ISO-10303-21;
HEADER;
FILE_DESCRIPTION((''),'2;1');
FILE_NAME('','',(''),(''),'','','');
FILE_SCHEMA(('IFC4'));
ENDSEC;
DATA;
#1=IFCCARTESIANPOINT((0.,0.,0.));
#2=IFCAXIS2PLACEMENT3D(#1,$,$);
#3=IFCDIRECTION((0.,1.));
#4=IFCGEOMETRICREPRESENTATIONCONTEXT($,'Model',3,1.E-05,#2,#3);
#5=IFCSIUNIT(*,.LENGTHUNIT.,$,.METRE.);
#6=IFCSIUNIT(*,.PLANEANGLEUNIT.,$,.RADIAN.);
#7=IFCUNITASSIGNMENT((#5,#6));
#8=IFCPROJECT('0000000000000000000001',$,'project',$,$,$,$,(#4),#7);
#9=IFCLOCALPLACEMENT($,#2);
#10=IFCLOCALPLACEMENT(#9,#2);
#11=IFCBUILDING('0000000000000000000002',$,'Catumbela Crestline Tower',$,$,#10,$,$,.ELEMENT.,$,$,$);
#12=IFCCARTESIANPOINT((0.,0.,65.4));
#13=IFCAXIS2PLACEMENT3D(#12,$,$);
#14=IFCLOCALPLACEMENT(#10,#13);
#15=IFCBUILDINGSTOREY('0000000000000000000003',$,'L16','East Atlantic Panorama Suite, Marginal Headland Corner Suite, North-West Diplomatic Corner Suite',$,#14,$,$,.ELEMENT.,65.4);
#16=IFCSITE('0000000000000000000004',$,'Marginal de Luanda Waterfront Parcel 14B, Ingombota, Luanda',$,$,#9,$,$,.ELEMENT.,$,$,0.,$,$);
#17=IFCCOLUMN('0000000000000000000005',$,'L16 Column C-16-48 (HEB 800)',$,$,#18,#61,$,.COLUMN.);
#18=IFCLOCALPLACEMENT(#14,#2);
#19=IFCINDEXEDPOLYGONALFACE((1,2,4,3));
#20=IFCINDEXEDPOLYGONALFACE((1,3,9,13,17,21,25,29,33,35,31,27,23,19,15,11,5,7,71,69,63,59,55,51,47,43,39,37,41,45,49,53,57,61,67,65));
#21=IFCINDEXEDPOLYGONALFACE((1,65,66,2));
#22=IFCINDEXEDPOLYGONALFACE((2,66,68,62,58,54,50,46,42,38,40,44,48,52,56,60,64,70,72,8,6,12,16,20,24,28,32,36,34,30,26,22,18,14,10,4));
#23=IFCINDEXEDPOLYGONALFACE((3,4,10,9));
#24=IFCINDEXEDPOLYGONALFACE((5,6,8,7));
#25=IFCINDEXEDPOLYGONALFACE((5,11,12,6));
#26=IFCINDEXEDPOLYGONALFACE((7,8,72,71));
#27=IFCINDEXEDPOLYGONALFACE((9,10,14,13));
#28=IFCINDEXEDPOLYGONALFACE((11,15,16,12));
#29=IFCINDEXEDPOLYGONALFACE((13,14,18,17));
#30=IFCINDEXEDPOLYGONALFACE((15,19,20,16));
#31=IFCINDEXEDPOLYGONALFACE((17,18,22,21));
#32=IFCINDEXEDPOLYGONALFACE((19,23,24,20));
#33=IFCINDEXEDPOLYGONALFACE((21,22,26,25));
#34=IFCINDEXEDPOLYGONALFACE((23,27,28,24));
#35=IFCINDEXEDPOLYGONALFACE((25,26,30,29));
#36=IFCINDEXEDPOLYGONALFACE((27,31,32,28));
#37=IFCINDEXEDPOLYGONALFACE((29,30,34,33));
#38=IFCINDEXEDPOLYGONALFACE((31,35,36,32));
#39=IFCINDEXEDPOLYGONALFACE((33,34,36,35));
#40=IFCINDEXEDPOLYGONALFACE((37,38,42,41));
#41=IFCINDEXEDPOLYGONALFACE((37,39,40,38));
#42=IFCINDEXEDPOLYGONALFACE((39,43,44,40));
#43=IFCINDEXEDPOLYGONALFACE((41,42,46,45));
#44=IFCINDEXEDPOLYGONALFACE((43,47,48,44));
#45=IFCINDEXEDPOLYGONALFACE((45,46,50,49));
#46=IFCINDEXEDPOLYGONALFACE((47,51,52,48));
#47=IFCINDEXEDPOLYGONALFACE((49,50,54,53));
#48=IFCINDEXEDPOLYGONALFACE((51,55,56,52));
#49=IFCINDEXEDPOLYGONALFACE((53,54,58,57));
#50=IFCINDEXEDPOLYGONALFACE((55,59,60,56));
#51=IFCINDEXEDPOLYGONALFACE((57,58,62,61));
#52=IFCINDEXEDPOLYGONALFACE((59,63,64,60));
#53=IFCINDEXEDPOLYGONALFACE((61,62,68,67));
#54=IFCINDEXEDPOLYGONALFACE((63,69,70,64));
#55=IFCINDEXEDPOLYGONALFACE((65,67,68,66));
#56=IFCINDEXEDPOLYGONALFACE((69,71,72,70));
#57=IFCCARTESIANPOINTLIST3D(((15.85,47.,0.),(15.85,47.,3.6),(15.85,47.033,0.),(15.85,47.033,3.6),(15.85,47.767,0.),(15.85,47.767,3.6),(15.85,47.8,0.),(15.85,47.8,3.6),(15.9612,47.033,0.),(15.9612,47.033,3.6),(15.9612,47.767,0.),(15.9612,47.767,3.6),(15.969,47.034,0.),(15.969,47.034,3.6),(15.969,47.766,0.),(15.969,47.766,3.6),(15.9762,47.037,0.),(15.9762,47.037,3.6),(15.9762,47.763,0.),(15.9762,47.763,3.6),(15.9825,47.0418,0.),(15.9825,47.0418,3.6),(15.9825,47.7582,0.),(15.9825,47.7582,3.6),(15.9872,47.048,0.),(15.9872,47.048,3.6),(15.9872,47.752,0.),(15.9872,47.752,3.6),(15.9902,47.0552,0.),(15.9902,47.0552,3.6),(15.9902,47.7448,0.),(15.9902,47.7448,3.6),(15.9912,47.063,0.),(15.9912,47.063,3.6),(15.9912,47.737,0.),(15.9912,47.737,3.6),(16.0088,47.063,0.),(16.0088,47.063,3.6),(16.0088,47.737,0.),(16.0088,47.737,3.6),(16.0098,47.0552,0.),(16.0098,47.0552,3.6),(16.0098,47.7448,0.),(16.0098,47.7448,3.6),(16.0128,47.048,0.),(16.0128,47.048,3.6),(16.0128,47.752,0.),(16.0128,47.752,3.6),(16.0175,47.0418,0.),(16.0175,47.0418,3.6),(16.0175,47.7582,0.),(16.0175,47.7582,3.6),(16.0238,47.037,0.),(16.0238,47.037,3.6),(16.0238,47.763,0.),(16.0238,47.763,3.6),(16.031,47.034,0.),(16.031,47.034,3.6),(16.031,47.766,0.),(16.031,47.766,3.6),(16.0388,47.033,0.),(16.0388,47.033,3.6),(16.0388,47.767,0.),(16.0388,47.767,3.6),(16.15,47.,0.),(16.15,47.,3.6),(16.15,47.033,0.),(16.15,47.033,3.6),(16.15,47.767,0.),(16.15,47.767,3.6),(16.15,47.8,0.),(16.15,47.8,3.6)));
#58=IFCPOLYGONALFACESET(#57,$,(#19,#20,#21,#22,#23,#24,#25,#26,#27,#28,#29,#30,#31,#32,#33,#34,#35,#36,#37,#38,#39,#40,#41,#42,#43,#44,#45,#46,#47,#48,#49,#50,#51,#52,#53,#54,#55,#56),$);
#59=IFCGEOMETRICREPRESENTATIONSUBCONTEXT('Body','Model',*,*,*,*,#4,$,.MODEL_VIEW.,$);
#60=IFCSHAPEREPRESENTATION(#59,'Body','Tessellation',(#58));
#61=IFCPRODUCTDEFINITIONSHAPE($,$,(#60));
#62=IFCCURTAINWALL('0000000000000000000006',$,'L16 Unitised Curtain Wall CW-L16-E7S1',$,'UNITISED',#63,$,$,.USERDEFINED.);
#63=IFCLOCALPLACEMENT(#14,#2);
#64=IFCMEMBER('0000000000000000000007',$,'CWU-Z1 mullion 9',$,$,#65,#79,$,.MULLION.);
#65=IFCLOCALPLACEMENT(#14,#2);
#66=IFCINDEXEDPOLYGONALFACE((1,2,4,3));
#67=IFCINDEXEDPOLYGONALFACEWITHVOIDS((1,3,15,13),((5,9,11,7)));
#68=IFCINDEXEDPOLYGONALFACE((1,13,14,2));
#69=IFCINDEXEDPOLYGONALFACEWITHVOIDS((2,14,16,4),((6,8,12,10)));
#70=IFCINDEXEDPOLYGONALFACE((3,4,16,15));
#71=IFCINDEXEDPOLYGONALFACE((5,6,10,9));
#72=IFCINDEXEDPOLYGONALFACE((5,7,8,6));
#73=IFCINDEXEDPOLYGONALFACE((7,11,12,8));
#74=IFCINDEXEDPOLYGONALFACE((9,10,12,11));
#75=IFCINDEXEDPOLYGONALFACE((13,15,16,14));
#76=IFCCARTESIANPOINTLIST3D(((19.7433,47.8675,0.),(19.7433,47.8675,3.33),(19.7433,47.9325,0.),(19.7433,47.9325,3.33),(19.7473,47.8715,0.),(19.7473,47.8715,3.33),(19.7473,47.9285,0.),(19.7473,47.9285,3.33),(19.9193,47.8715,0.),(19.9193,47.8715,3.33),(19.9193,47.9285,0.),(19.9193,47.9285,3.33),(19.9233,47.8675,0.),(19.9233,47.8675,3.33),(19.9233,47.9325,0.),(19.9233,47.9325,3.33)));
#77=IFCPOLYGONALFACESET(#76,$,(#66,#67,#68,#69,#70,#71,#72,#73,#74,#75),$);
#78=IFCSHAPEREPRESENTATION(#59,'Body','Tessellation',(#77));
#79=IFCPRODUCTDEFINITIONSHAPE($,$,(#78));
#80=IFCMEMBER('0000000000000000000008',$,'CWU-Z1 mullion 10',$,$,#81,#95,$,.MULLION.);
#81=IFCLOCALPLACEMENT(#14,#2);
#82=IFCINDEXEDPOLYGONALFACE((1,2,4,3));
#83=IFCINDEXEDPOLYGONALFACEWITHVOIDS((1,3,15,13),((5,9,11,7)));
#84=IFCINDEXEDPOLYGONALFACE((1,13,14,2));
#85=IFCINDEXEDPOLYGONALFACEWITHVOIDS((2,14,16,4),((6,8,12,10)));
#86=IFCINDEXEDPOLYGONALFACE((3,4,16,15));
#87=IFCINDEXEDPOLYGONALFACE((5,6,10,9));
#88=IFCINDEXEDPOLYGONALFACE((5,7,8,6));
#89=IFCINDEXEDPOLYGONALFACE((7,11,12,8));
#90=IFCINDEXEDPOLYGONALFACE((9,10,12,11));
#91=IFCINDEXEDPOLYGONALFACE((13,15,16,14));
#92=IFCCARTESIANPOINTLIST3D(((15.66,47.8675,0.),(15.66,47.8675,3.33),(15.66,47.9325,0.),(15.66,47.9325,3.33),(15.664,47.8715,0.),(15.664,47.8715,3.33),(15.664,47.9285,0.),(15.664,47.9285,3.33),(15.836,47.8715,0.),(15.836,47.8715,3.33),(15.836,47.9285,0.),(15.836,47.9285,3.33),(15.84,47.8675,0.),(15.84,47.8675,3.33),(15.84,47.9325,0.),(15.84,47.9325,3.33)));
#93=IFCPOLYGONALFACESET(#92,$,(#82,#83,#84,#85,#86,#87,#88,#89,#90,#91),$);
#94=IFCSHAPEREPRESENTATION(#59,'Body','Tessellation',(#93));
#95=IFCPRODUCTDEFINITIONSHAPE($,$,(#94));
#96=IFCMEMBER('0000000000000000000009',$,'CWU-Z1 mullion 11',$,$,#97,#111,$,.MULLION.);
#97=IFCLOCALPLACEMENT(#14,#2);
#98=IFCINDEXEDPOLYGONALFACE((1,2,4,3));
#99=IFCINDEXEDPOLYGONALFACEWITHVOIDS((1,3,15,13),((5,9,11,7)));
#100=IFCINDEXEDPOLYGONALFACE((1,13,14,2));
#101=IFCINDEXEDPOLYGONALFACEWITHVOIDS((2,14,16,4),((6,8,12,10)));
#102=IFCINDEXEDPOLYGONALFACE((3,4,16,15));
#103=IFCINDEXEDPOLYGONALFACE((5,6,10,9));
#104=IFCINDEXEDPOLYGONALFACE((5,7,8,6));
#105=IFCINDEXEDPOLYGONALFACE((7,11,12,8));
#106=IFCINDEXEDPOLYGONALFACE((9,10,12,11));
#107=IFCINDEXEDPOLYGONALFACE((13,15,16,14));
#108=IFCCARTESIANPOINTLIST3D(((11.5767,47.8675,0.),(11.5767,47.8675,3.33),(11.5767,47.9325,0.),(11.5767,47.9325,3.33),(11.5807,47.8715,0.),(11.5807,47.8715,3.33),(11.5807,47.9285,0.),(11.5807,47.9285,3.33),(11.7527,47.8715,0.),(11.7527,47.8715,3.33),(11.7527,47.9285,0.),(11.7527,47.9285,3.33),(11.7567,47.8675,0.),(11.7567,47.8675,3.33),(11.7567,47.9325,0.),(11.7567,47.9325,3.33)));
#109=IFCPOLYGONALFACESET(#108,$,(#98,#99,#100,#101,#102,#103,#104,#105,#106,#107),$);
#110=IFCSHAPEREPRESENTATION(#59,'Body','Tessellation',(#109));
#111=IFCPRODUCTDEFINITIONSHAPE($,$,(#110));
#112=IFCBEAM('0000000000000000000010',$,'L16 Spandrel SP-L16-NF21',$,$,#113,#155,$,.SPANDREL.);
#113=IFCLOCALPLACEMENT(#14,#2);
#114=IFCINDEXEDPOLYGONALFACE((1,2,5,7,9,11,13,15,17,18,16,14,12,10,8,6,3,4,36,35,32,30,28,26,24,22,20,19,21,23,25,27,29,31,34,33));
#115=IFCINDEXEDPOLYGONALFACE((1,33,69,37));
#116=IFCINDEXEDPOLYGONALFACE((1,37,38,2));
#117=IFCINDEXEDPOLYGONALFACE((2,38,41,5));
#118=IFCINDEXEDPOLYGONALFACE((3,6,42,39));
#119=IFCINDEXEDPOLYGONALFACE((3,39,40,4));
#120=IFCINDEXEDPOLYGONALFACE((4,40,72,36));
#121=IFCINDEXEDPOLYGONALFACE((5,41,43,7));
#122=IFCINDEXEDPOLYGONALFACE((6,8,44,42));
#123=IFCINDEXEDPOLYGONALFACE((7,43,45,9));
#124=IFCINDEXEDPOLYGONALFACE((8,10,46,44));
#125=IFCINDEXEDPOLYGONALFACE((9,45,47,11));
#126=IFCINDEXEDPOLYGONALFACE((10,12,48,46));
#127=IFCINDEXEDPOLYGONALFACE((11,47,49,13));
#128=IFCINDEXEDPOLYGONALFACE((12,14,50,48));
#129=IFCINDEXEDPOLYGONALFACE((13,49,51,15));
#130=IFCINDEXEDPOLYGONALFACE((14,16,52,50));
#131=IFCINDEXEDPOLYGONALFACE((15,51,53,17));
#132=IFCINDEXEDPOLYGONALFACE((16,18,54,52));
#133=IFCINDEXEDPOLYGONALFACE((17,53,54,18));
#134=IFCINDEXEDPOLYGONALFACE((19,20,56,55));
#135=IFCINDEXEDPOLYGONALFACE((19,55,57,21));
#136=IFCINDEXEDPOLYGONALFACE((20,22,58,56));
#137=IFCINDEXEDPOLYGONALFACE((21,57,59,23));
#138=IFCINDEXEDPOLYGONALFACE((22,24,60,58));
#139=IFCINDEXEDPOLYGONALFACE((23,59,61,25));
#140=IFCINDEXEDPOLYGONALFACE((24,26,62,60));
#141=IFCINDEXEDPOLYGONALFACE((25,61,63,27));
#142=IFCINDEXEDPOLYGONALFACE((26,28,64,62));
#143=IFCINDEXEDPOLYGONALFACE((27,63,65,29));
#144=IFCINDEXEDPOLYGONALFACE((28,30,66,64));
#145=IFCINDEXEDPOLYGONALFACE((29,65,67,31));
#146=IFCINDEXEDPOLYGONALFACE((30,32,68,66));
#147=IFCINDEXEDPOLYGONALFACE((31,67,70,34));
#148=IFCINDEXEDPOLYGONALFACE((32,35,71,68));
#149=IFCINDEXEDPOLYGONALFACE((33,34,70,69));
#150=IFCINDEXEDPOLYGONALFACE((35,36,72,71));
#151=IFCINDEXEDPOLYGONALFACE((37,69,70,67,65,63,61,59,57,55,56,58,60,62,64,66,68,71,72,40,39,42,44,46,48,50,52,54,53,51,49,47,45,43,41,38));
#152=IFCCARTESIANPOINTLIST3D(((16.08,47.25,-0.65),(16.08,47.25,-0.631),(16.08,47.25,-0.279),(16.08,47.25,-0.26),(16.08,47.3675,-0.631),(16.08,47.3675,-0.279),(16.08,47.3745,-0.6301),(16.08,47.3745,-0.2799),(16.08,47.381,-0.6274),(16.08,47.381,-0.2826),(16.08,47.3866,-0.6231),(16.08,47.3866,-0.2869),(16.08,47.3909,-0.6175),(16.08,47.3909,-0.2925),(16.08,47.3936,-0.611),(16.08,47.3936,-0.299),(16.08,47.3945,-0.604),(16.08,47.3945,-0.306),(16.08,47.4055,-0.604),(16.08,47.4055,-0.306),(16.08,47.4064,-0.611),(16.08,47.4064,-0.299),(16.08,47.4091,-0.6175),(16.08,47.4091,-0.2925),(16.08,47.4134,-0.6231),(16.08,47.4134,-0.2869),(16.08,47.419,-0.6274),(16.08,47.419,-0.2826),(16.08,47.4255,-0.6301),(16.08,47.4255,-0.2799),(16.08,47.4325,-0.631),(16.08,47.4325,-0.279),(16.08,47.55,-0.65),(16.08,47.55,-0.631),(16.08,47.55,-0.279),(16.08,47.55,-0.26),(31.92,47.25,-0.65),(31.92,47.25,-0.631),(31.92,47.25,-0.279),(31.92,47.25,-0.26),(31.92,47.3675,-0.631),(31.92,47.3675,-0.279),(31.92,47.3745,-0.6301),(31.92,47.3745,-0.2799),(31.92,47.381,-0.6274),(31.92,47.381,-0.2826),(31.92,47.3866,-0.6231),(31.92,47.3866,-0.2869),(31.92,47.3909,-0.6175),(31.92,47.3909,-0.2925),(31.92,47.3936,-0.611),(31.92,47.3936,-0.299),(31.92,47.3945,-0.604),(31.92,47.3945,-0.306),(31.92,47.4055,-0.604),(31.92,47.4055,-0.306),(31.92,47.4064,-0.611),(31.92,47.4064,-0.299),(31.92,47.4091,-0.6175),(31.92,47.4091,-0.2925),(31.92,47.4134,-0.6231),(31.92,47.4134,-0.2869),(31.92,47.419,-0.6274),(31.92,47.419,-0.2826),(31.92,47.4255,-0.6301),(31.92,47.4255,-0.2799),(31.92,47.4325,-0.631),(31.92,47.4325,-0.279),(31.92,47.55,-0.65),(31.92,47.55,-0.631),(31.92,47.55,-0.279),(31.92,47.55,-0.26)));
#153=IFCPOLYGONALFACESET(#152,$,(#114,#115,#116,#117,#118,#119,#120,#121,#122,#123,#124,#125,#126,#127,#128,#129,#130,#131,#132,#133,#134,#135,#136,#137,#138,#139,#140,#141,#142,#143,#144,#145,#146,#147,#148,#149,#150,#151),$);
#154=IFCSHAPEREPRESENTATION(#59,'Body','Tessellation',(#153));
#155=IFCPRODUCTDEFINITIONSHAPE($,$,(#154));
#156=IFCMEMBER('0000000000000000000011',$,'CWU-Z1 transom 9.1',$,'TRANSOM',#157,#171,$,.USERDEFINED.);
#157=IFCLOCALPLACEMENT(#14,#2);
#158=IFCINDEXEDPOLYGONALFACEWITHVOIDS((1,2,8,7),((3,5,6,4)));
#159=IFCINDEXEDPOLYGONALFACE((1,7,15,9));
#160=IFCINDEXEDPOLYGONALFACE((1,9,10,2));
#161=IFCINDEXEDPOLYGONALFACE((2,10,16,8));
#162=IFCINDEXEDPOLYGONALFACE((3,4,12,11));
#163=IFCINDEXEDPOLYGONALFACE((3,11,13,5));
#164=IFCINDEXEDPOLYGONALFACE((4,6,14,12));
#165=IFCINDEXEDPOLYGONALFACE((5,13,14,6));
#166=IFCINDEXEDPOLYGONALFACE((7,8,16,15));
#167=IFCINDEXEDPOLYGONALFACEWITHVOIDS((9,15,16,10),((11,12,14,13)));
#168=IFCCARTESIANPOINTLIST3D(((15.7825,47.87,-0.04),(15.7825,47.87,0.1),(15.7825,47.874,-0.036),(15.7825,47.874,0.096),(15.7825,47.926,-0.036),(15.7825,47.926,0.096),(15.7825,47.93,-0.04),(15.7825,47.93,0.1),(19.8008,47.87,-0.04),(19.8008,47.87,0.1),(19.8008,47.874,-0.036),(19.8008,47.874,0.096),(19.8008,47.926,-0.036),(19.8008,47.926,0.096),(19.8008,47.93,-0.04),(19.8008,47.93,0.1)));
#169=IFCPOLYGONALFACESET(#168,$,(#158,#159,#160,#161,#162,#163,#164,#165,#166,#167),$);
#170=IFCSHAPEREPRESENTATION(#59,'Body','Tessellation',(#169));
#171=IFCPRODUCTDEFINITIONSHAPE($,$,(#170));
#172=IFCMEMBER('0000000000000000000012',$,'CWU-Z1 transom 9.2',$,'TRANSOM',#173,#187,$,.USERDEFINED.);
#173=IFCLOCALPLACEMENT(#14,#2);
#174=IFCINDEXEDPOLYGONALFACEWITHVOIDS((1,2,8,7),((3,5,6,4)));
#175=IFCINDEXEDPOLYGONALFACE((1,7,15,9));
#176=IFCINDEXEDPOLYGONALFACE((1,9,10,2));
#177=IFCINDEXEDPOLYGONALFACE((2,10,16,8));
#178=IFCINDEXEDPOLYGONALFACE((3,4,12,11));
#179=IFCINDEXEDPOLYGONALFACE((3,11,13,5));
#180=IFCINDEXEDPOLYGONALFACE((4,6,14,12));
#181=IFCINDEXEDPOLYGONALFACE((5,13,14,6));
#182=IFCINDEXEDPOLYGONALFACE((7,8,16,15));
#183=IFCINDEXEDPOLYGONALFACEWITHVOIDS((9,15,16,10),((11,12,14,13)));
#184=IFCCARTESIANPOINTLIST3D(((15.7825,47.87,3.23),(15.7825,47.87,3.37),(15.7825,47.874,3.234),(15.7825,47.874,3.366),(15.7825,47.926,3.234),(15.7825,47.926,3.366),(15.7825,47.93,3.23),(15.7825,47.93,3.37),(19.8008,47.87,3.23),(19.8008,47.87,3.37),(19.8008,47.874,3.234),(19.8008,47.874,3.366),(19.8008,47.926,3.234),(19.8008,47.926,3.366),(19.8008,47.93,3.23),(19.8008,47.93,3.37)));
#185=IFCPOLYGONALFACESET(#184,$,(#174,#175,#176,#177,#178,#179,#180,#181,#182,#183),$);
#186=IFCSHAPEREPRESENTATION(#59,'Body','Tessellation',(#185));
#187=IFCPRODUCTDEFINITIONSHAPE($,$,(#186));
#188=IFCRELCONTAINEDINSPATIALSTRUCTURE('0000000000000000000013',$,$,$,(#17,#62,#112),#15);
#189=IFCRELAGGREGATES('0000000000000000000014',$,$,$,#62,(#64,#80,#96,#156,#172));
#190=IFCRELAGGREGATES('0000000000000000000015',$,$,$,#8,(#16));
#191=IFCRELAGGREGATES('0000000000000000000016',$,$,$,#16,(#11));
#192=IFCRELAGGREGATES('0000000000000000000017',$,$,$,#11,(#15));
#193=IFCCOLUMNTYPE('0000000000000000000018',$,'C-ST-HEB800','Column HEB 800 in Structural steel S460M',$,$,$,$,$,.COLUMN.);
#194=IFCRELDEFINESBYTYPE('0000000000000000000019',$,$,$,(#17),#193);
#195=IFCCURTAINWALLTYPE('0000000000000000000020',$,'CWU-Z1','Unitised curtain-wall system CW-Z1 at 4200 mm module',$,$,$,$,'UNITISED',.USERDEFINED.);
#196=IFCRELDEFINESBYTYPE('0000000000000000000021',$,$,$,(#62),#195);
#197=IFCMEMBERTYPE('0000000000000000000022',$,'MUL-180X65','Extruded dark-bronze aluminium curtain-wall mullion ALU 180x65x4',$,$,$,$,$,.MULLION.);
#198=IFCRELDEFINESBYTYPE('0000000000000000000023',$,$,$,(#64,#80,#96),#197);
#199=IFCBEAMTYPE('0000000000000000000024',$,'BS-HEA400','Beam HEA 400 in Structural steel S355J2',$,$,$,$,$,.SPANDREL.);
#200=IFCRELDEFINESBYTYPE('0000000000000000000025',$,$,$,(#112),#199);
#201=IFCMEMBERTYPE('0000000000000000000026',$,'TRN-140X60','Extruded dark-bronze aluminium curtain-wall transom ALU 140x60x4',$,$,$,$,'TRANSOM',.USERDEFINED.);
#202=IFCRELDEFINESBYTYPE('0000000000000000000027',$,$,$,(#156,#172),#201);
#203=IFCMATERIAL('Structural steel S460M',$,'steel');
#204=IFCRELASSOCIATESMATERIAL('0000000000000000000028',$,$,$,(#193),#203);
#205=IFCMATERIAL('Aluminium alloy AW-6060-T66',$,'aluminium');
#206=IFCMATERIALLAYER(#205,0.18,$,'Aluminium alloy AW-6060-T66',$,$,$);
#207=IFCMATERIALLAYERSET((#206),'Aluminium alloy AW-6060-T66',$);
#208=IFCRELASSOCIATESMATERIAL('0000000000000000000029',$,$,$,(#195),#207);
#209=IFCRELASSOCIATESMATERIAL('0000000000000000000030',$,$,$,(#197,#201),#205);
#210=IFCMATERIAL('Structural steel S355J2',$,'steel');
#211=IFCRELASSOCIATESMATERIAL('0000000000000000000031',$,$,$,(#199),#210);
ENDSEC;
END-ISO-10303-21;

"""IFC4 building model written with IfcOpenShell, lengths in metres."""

from ifc_helpers import new_model, si_unit, direction, frame, origin, origin_2d, place, context, subcontext, project, spatial, hollow_rectangle, i_section, extrude, material, layer, layer_set, material_profile, profile_set, type_object, element, aggregate, save


model = new_model("IFC4")

# Units and contexts
model_context = context("Model", 3, precision=1e-05, world=origin(), true_north=direction((0.0, 1.0)))
body_context = subcontext(model_context, "Body", "Model", "MODEL_VIEW")
ifc_project = project(units=[si_unit("LENGTHUNIT", "METRE"), si_unit("PLANEANGLEUNIT", "RADIAN")], contexts=[model_context])

# Site, building, storey
site_placement = place(None, origin())
site = spatial("IfcSite", under=ifc_project, at=site_placement, Name="Marginal de Luanda Waterfront Parcel 14B, Ingombota, Luanda", CompositionType="ELEMENT", RefElevation=0.0)
building_placement = place(site_placement, origin())
building = spatial("IfcBuilding", under=site, at=building_placement, Name="Catumbela Crestline Tower", CompositionType="ELEMENT")
storey_placement = place(building_placement, frame((0.0, 0.0, 65.4)))
storey = spatial("IfcBuildingStorey", under=building, at=storey_placement, Name="L16", Description="East Atlantic Panorama Suite, Marginal Headland Corner Suite, North-West Diplomatic Corner Suite", CompositionType="ELEMENT", Elevation=65.4)

# Column
ifc_material_1 = material(Name="Structural steel S460M", Category="steel")
ifc_material_profile_1 = material_profile(ifc_material_1, i_section(OverallWidth=0.3, OverallDepth=0.8, WebThickness=0.0175, FlangeThickness=0.033, FilletRadius=0.03, at=origin_2d()), Name="HEB 800")
ifc_profile_set_1 = profile_set([ifc_material_profile_1], Name="Structural steel S460M")
column_type = type_object("IfcColumnType", Name="C-ST-HEB800", Description="Column HEB 800 in Structural steel S460M", PredefinedType="COLUMN", material=ifc_profile_set_1)
column_placement = place(storey_placement, frame((16.0, 47.4, 0.0), z_axis=(0.0, 0.0, 1.0), x_axis=(1.0, 0.0, 0.0)))
element("IfcColumn", 1, at=column_placement, inside=storey, type_object=column_type, Name="L16 Column C-16-48 (HEB 800)", PredefinedType="COLUMN", context=body_context, shape_type="SweptSolid", body=[
    extrude(i_section(OverallWidth=0.3, OverallDepth=0.8, WebThickness=0.0175, FlangeThickness=0.033, FilletRadius=0.03, at=origin_2d()), origin(), (0.0, 0.0, 1.0), 3.6),
])

# Curtain wall, members
ifc_material_2 = material(Name="Aluminium alloy AW-6060-T66", Category="aluminium")
ifc_layer_1 = layer(ifc_material_2, 0.18, Name="Aluminium alloy AW-6060-T66")
ifc_layer_set_1 = layer_set([ifc_layer_1], Name="Aluminium alloy AW-6060-T66")
curtain_wall_type = type_object("IfcCurtainWallType", Name="CWU-Z1", Description="Unitised curtain-wall system CW-Z1 at 4200 mm module", ElementType="UNITISED", PredefinedType="USERDEFINED", material=ifc_layer_set_1)
curtain_wall_placement = place(storey_placement, origin())
curtain_wall = element("IfcCurtainWall", 2, at=curtain_wall_placement, inside=storey, type_object=curtain_wall_type, Name="L16 Unitised Curtain Wall CW-L16-E7S1", ObjectType="UNITISED", PredefinedType="USERDEFINED")
ifc_material_profile_2 = material_profile(ifc_material_2, hollow_rectangle(XDim=0.065, YDim=0.18, WallThickness=0.004, at=origin_2d()), Name="ALU 180x65x4")
ifc_profile_set_2 = profile_set([ifc_material_profile_2], Name="Aluminium alloy AW-6060-T66")
member_type_1 = type_object("IfcMemberType", Name="MUL-180X65", Description="Extruded dark-bronze aluminium curtain-wall mullion ALU 180x65x4", PredefinedType="MULLION", material=ifc_profile_set_2)
member_1_placement = place(storey_placement, frame((19.8333, 47.9, 0.0), z_axis=(0.0, 0.0, 1.0), x_axis=(0.0, -1.0, 0.0)))
member_1 = element("IfcMember", 3, at=member_1_placement, type_object=member_type_1, Name="CWU-Z1 mullion 9", PredefinedType="MULLION", context=body_context, shape_type="SweptSolid", body=[
    extrude(hollow_rectangle(XDim=0.065, YDim=0.18, WallThickness=0.004, at=origin_2d()), origin(), (0.0, 0.0, 1.0), 3.33),
])
member_2_placement = place(storey_placement, frame((15.75, 47.9, 0.0), z_axis=(0.0, 0.0, 1.0), x_axis=(0.0, -1.0, 0.0)))
member_2 = element("IfcMember", 4, at=member_2_placement, type_object=member_type_1, Name="CWU-Z1 mullion 10", PredefinedType="MULLION", context=body_context, shape_type="SweptSolid", body=[
    extrude(hollow_rectangle(XDim=0.065, YDim=0.18, WallThickness=0.004, at=origin_2d()), origin(), (0.0, 0.0, 1.0), 3.33),
])
member_3_placement = place(storey_placement, frame((11.6667, 47.9, 0.0), z_axis=(0.0, 0.0, 1.0), x_axis=(0.0, -1.0, 0.0)))
member_3 = element("IfcMember", 5, at=member_3_placement, type_object=member_type_1, Name="CWU-Z1 mullion 11", PredefinedType="MULLION", context=body_context, shape_type="SweptSolid", body=[
    extrude(hollow_rectangle(XDim=0.065, YDim=0.18, WallThickness=0.004, at=origin_2d()), origin(), (0.0, 0.0, 1.0), 3.33),
])

# Beam
ifc_material_3 = material(Name="Structural steel S355J2", Category="steel")
ifc_material_profile_3 = material_profile(ifc_material_3, i_section(OverallWidth=0.3, OverallDepth=0.39, WebThickness=0.011, FlangeThickness=0.019, FilletRadius=0.027, at=origin_2d()), Name="HEA 400")
ifc_profile_set_3 = profile_set([ifc_material_profile_3], Name="Structural steel S355J2")
beam_type = type_object("IfcBeamType", Name="BS-HEA400", Description="Beam HEA 400 in Structural steel S355J2", PredefinedType="SPANDREL", material=ifc_profile_set_3)
beam_placement = place(storey_placement, frame((16.08, 47.4, -0.455), z_axis=(1.0, 0.0, 0.0), x_axis=(0.0, 1.0, 0.0)))
element("IfcBeam", 6, at=beam_placement, inside=storey, type_object=beam_type, Name="L16 Spandrel SP-L16-NF21", PredefinedType="SPANDREL", context=body_context, shape_type="SweptSolid", body=[
    extrude(i_section(OverallWidth=0.3, OverallDepth=0.39, WebThickness=0.011, FlangeThickness=0.019, FilletRadius=0.027, at=origin_2d()), origin(), (0.0, 0.0, 1.0), 15.84),
])

# Members
ifc_material_profile_4 = material_profile(ifc_material_2, hollow_rectangle(XDim=0.06, YDim=0.14, WallThickness=0.004, at=origin_2d()), Name="ALU 140x60x4")
ifc_profile_set_4 = profile_set([ifc_material_profile_4], Name="Aluminium alloy AW-6060-T66")
member_type_2 = type_object("IfcMemberType", Name="TRN-140X60", Description="Extruded dark-bronze aluminium curtain-wall transom ALU 140x60x4", ElementType="TRANSOM", PredefinedType="USERDEFINED", material=ifc_profile_set_4)
member_4_placement = place(storey_placement, frame((19.8008, 47.9, 0.03), z_axis=(-1.0, 0.0, 0.0), x_axis=(0.0, -1.0, 0.0)))
member_4 = element("IfcMember", 7, at=member_4_placement, type_object=member_type_2, Name="CWU-Z1 transom 9.1", ObjectType="TRANSOM", PredefinedType="USERDEFINED", context=body_context, shape_type="SweptSolid", body=[
    extrude(hollow_rectangle(XDim=0.06, YDim=0.14, WallThickness=0.004, at=origin_2d()), origin(), (0.0, 0.0, 1.0), 4.0183),
])
member_5_placement = place(storey_placement, frame((19.8008, 47.9, 3.3), z_axis=(-1.0, 0.0, 0.0), x_axis=(0.0, -1.0, 0.0)))
member_5 = element("IfcMember", 8, at=member_5_placement, type_object=member_type_2, Name="CWU-Z1 transom 9.2", ObjectType="TRANSOM", PredefinedType="USERDEFINED", context=body_context, shape_type="SweptSolid", body=[
    extrude(hollow_rectangle(XDim=0.06, YDim=0.14, WallThickness=0.004, at=origin_2d()), origin(), (0.0, 0.0, 1.0), 4.0183),
])

aggregate(curtain_wall, [member_1, member_2, member_3, member_4, member_5])

save(model, "model.ifc")
